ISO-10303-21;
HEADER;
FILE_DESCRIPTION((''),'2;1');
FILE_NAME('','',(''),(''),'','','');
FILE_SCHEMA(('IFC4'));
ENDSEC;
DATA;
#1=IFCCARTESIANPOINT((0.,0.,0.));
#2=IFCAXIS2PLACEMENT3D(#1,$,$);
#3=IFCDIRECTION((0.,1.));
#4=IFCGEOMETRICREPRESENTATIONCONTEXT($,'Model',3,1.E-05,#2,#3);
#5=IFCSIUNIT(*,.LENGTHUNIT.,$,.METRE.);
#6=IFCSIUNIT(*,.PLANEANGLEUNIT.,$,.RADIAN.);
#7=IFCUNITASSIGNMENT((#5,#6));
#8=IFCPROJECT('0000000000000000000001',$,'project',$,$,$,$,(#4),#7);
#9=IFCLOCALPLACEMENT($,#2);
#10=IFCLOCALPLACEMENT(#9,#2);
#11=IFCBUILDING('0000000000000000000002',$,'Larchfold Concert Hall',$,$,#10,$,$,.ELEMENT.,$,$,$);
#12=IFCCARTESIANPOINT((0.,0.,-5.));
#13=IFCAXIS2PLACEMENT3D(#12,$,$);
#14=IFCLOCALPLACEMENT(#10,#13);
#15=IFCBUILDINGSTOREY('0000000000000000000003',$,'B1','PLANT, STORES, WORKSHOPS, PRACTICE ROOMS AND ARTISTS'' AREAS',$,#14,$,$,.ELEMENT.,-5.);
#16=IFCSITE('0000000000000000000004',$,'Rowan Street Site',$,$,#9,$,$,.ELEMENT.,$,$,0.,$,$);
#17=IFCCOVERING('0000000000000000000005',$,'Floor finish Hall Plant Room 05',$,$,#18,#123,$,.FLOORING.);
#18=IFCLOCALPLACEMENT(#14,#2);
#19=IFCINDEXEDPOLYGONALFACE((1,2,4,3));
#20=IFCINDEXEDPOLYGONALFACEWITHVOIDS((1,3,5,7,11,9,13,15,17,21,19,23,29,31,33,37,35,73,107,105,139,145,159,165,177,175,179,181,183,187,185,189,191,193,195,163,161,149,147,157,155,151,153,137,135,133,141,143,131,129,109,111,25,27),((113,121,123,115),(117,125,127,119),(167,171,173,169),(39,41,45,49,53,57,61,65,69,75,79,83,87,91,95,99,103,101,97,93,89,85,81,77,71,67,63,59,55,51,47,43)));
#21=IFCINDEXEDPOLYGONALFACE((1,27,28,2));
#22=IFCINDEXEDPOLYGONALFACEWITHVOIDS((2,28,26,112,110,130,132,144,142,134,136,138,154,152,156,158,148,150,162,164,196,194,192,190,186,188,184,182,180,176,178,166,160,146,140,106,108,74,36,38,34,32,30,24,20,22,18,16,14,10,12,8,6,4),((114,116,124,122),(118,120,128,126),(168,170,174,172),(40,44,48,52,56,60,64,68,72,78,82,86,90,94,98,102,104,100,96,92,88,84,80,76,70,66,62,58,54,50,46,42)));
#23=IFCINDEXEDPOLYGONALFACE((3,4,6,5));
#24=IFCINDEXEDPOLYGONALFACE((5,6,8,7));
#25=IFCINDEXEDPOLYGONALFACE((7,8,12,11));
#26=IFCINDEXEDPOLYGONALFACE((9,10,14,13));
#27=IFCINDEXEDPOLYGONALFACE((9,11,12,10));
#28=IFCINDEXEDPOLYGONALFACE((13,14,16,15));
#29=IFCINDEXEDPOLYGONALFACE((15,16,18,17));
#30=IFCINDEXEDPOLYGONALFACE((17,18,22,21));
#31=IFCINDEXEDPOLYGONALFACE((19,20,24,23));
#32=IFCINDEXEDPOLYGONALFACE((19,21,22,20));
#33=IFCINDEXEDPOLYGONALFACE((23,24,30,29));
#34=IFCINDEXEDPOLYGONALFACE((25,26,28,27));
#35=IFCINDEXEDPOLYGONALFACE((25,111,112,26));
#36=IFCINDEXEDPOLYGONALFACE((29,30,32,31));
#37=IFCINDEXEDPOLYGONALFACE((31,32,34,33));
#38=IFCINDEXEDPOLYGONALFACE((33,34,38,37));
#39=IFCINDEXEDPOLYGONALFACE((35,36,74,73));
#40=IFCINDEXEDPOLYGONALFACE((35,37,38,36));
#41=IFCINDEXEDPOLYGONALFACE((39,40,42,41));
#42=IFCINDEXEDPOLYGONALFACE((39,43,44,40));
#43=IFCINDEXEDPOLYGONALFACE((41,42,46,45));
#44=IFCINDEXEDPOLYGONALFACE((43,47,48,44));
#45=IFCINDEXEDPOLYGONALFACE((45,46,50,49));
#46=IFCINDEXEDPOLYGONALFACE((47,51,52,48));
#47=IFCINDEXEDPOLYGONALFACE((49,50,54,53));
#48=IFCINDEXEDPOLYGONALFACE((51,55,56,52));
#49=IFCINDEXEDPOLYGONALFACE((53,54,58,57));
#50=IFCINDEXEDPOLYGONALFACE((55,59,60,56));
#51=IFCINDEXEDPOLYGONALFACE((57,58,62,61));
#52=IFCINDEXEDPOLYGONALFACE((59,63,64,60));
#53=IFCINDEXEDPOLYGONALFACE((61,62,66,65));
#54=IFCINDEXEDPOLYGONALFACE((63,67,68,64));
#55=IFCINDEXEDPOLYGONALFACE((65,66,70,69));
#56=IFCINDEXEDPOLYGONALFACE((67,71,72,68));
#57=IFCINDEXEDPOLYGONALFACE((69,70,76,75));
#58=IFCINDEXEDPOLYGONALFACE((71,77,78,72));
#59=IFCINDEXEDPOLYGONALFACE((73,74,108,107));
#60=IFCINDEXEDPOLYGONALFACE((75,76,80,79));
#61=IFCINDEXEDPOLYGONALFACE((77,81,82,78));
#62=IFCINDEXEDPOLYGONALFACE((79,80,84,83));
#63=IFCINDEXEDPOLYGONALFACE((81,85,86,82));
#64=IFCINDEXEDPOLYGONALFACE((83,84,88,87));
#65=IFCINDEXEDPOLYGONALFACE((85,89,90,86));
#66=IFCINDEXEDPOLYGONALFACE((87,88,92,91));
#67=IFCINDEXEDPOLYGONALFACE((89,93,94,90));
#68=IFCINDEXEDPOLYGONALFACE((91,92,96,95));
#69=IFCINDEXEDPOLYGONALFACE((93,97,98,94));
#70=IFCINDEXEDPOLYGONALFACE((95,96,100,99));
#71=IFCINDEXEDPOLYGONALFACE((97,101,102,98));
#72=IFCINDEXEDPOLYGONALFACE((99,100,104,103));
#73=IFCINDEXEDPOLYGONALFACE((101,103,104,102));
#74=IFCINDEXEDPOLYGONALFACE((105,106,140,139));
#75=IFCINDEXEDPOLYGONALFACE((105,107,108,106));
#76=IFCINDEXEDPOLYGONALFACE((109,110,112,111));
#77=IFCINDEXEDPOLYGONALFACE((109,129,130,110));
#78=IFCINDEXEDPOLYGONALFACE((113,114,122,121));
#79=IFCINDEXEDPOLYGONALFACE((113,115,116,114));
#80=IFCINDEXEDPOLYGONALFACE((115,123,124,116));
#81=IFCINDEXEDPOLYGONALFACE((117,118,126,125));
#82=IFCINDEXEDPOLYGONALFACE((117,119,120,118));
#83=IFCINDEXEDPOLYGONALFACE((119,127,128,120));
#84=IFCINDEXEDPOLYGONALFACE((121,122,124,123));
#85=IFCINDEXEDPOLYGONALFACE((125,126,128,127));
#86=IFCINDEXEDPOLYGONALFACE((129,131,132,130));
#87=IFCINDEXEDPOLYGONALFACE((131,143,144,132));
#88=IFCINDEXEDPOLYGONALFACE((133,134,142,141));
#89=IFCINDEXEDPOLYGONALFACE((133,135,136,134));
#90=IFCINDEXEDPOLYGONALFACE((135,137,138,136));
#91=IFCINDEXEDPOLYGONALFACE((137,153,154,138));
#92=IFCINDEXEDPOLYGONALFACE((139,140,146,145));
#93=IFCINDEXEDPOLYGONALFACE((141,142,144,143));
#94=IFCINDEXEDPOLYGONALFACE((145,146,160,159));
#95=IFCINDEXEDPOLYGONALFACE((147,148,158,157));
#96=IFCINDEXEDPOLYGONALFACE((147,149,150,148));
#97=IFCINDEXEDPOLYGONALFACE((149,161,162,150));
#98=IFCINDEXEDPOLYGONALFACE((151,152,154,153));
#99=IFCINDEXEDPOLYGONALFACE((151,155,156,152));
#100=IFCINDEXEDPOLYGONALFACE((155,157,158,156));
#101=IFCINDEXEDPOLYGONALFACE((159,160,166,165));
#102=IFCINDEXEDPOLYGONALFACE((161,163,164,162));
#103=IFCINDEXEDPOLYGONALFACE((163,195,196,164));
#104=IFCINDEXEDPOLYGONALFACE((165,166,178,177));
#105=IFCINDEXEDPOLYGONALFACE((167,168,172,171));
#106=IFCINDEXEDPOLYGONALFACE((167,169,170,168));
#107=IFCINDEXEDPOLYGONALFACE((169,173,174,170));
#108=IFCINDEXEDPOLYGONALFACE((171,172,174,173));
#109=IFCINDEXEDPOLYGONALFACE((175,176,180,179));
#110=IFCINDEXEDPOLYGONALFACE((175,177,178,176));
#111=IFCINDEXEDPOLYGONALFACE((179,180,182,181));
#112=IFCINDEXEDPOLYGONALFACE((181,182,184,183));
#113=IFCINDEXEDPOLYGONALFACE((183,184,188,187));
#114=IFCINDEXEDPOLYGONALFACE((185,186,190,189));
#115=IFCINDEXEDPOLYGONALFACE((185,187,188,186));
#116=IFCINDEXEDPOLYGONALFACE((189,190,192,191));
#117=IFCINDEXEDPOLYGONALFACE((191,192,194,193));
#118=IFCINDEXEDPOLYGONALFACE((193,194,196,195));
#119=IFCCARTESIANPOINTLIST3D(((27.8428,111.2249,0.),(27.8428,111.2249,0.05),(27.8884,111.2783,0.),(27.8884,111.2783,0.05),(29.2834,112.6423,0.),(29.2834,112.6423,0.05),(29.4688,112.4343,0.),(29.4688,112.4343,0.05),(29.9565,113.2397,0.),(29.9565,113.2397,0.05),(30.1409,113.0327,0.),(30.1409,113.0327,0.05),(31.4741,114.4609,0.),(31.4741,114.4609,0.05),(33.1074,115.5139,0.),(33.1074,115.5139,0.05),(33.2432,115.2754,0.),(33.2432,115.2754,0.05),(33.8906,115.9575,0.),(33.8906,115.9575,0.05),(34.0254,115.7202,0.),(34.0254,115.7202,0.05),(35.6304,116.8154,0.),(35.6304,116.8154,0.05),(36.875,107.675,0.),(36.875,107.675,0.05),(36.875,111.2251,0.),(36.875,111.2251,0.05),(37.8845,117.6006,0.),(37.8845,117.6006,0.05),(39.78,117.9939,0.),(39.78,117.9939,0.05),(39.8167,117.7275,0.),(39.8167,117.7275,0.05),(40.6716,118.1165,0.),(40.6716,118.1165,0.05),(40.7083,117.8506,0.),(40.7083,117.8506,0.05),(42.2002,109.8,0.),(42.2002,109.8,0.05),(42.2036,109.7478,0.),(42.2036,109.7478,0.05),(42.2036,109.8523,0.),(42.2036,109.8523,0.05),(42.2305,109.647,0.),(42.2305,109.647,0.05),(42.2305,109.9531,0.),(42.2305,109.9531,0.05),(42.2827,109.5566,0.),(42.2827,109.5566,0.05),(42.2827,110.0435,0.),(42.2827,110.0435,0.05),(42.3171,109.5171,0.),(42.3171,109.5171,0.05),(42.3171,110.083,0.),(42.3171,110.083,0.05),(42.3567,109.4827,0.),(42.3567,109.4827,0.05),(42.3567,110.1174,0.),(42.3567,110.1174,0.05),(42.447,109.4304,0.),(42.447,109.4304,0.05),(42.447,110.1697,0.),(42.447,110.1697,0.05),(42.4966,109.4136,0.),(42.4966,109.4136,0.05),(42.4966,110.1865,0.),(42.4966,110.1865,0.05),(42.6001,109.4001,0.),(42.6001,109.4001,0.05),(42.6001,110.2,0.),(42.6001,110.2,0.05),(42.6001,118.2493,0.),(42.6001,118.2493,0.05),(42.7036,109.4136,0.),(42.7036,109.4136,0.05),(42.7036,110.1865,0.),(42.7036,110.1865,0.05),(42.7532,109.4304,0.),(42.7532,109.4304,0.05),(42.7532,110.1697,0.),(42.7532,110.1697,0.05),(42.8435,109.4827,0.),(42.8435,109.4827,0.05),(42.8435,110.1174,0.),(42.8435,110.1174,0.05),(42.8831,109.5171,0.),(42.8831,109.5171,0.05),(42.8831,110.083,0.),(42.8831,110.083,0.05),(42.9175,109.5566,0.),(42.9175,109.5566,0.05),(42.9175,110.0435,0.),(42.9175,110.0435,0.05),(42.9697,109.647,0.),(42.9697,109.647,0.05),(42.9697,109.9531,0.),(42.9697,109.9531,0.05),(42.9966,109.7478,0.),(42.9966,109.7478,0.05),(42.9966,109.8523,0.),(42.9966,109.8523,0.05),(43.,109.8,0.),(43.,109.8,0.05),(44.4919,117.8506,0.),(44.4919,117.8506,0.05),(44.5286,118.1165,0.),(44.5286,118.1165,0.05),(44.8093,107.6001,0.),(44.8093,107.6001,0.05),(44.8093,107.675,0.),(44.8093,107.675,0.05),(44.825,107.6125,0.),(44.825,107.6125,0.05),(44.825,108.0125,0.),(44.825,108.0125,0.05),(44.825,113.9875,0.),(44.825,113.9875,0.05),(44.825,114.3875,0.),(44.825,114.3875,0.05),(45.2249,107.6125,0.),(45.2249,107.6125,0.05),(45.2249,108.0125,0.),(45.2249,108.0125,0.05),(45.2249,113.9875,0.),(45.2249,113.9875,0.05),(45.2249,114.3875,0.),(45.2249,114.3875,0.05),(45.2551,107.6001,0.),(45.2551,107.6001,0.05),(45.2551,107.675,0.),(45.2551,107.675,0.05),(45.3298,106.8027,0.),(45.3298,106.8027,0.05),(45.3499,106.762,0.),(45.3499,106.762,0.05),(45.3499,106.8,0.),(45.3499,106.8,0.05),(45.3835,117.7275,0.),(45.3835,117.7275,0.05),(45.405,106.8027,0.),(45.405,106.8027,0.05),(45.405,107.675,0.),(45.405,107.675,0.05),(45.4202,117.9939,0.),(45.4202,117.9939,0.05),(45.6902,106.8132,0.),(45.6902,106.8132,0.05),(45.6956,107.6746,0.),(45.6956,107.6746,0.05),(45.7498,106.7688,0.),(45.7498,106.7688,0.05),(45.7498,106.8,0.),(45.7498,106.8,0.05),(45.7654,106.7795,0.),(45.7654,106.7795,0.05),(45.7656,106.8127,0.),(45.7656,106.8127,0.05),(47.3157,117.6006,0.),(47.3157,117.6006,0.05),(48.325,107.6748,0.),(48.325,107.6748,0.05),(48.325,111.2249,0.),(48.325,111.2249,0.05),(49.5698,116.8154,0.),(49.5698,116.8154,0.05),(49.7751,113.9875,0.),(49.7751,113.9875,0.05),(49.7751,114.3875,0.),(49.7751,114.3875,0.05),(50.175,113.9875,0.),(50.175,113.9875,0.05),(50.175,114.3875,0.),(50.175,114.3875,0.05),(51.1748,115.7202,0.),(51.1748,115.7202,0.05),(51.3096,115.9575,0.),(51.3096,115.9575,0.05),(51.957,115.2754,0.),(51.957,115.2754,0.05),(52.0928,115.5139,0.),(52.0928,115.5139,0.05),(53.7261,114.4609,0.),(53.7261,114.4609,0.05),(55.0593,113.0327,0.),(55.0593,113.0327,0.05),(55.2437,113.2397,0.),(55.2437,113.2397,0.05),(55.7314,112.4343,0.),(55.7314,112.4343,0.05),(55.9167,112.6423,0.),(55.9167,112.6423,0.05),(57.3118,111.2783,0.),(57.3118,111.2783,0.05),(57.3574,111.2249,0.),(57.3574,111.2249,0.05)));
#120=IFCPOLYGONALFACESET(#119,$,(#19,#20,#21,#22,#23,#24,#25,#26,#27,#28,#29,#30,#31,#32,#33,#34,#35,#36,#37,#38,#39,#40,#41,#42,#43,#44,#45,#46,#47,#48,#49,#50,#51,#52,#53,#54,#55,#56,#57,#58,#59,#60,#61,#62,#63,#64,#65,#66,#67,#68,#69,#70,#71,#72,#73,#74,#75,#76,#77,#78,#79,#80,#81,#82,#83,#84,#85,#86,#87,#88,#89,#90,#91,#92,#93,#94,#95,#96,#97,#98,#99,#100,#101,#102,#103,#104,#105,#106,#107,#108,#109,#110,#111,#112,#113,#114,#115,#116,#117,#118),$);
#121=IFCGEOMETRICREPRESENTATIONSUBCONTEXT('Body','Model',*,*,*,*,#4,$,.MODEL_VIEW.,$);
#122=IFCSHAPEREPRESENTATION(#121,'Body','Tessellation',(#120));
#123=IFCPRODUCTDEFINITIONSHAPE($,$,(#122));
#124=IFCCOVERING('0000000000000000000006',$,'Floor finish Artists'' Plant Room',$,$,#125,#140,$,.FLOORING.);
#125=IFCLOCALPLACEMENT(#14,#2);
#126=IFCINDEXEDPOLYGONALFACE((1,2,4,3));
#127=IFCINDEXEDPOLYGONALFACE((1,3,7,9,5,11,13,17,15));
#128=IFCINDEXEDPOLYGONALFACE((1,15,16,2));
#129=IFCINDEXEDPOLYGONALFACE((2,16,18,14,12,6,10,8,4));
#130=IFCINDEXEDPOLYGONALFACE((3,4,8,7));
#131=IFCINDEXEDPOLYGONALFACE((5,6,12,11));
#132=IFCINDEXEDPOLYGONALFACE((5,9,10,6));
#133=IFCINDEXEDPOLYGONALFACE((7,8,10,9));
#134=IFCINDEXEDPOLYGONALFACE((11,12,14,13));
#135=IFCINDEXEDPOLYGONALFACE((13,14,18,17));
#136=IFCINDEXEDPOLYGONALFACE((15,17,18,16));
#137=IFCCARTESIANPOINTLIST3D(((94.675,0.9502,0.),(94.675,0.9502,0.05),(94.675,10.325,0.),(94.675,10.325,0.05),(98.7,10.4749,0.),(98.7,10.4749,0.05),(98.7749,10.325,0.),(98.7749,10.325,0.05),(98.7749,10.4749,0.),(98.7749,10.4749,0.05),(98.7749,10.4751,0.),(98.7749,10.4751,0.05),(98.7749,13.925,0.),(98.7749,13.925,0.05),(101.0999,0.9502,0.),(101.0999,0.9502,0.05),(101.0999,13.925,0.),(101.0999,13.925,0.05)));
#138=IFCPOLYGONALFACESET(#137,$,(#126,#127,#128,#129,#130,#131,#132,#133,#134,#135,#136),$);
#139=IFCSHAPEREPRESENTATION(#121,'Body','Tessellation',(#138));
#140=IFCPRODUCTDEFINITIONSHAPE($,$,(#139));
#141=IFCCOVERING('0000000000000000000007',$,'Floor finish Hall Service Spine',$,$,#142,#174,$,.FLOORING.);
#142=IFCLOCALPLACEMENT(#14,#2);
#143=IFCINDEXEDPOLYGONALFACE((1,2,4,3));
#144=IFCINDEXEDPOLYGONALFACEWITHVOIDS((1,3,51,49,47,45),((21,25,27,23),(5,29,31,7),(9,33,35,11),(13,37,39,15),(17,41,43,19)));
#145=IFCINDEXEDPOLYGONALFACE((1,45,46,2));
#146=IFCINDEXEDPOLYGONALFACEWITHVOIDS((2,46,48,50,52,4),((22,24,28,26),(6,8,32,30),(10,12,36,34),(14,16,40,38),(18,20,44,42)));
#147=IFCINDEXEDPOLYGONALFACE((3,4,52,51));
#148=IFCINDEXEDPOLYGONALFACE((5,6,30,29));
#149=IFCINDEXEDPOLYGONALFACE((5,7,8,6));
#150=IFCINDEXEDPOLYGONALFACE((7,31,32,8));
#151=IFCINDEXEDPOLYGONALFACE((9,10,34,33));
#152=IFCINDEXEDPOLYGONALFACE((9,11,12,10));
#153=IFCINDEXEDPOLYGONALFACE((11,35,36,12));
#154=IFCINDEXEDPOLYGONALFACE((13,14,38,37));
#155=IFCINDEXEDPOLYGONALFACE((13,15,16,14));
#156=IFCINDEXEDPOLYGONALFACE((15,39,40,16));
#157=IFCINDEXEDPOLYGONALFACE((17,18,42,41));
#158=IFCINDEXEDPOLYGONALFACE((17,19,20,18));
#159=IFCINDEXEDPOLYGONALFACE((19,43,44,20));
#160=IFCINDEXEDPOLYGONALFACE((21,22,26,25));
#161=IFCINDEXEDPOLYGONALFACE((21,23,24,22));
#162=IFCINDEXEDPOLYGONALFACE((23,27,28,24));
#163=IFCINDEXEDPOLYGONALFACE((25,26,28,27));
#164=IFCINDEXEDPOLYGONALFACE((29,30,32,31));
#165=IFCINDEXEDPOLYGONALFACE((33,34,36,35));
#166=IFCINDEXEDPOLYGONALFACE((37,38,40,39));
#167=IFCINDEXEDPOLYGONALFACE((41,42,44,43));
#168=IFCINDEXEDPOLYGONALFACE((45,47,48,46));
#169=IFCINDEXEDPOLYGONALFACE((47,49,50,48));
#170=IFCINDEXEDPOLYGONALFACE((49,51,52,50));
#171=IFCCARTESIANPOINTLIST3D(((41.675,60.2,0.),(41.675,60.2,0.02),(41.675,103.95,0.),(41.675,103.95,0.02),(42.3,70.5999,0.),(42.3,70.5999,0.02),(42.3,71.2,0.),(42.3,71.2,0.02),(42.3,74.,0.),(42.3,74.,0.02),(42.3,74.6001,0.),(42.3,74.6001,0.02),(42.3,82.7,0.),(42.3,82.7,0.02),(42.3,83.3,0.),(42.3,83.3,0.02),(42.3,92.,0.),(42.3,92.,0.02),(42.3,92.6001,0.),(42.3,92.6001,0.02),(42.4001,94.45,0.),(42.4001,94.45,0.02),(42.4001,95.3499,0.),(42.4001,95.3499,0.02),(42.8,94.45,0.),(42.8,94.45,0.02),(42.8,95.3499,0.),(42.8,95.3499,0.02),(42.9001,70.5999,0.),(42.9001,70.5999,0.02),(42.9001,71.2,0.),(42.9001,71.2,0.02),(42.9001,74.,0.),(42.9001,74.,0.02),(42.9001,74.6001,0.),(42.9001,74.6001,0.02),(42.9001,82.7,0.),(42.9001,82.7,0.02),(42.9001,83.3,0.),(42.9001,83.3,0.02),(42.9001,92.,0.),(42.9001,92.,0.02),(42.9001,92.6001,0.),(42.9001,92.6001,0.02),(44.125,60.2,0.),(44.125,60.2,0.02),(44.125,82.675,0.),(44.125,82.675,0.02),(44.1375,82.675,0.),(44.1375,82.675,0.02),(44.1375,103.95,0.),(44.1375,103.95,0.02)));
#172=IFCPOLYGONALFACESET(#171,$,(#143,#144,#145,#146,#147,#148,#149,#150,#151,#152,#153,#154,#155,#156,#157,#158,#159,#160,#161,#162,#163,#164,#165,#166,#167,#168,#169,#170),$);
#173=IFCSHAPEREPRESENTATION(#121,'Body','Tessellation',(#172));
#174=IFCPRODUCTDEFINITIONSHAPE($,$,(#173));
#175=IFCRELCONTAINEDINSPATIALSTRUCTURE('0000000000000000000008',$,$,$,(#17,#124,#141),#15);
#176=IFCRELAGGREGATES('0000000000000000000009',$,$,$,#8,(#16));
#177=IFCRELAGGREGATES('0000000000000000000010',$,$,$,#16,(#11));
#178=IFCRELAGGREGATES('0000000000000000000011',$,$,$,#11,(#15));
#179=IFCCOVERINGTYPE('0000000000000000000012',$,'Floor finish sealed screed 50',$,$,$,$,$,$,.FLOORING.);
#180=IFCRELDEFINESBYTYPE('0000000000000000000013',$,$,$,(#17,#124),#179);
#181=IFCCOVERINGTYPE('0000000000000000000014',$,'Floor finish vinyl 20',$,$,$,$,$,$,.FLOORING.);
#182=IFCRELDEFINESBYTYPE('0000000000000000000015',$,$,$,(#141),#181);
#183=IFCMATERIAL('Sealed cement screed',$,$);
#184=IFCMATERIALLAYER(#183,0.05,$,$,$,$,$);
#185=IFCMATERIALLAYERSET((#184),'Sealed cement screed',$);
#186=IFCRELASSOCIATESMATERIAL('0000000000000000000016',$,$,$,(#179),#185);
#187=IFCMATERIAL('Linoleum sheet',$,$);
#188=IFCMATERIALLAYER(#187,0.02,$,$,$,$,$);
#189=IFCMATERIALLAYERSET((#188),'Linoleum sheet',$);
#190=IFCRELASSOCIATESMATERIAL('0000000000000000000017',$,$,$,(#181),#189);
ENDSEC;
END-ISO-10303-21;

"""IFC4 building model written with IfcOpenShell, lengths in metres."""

from ifc_helpers import new_model, si_unit, direction, frame, origin, place, context, subcontext, project, spatial, polyline, outline, extrude, material, layer, layer_set, type_object, element, save


model = new_model("IFC4")

# Units and contexts
model_context = context("Model", 3, precision=1e-05, world=origin(), true_north=direction((0.0, 1.0)))
body_context = subcontext(model_context, "Body", "Model", "MODEL_VIEW")
ifc_project = project(units=[si_unit("LENGTHUNIT", "METRE"), si_unit("PLANEANGLEUNIT", "RADIAN")], contexts=[model_context])

# Site, building, storey
site_placement = place(None, origin())
site = spatial("IfcSite", under=ifc_project, at=site_placement, Name="Rowan Street Site", CompositionType="ELEMENT", RefElevation=0.0)
building_placement = place(site_placement, origin())
building = spatial("IfcBuilding", under=site, at=building_placement, Name="Larchfold Concert Hall", CompositionType="ELEMENT")
storey_placement = place(building_placement, frame((0.0, 0.0, -5.0)))
storey = spatial("IfcBuildingStorey", under=building, at=storey_placement, Name="B1", Description="PLANT, STORES, WORKSHOPS, PRACTICE ROOMS AND ARTISTS' AREAS", CompositionType="ELEMENT", Elevation=-5.0)

# Coverings
ifc_material_1 = material(Name="Sealed cement screed")
ifc_layer_1 = layer(ifc_material_1, 0.05)
ifc_layer_set_1 = layer_set([ifc_layer_1], Name="Sealed cement screed")
covering_type_1 = type_object("IfcCoveringType", Name="Floor finish sealed screed 50", PredefinedType="FLOORING", material=ifc_layer_set_1)
covering_1_placement = place(storey_placement, origin())
element("IfcCovering", 1, at=covering_1_placement, inside=storey, type_object=covering_type_1, Name="Floor finish Hall Plant Room 05", PredefinedType="FLOORING", context=body_context, shape_type="SweptSolid", body=[
    extrude(outline(polyline([(36.875, 111.2251), (36.875, 107.675), (44.8093, 107.675), (44.8093, 107.6001), (45.2551, 107.6001), (45.2551, 107.675), (45.405, 107.675), (45.405, 106.8027), (45.3298, 106.8027), (45.3499, 106.762), (45.3499, 106.8), (45.7498, 106.8), (45.7498, 106.7688), (45.7654, 106.7795), (45.7656, 106.8127), (45.6902, 106.8132), (45.6956, 107.6746), (48.325, 107.6748), (48.325, 111.2249), (57.3574, 111.2249), (57.3118, 111.2783), (55.9167, 112.6423), (55.7314, 112.4343), (55.0593, 113.0327), (55.2437, 113.2397), (53.7261, 114.4609), (52.0928, 115.5139), (51.957, 115.2754), (51.1748, 115.7202), (51.3096, 115.9575), (49.5698, 116.8154), (47.3157, 117.6006), (45.4202, 117.9939), (45.3835, 117.7275), (44.4919, 117.8506), (44.5286, 118.1165), (42.6001, 118.2493), (40.6716, 118.1165), (40.7083, 117.8506), (39.8167, 117.7275), (39.78, 117.9939), (37.8845, 117.6006), (35.6304, 116.8154), (33.8906, 115.9575), (34.0254, 115.7202), (33.2432, 115.2754), (33.1074, 115.5139), (31.4741, 114.4609), (29.9565, 113.2397), (30.1409, 113.0327), (29.4688, 112.4343), (29.2834, 112.6423), (27.8884, 111.2783), (27.8428, 111.2249), (36.875, 111.2251)]), holes=[polyline([(49.7751, 114.3875), (50.175, 114.3875), (50.175, 113.9875), (49.7751, 113.9875), (49.7751, 114.3875)]), polyline([(45.2249, 107.6125), (44.825, 107.6125), (44.825, 108.0125), (45.2249, 108.0125), (45.2249, 107.6125)]), polyline([(45.2249, 114.3875), (45.2249, 113.9875), (44.825, 113.9875), (44.825, 114.3875), (45.2249, 114.3875)]), polyline([(42.447, 109.4304), (42.3567, 109.4827), (42.3171, 109.5171), (42.2827, 109.5566), (42.2305, 109.647), (42.2036, 109.7478), (42.2002, 109.8), (42.2036, 109.8523), (42.2305, 109.9531), (42.2827, 110.0435), (42.3171, 110.083), (42.3567, 110.1174), (42.447, 110.1697), (42.4966, 110.1865), (42.6001, 110.2), (42.7036, 110.1865), (42.7532, 110.1697), (42.8435, 110.1174), (42.8831, 110.083), (42.9175, 110.0435), (42.9697, 109.9531), (42.9966, 109.8523), (43.0, 109.8), (42.9966, 109.7478), (42.9697, 109.647), (42.9175, 109.5566), (42.8831, 109.5171), (42.8435, 109.4827), (42.7532, 109.4304), (42.7036, 109.4136), (42.6001, 109.4001), (42.4966, 109.4136), (42.447, 109.4304)])]), origin(), (0.0, 0.0, 1.0), 0.05),
])
covering_2_placement = place(storey_placement, origin())
element("IfcCovering", 2, at=covering_2_placement, inside=storey, type_object=covering_type_1, Name="Floor finish Artists' Plant Room", PredefinedType="FLOORING", context=body_context, shape_type="SweptSolid", body=[
    extrude(outline(polyline([(101.0999, 0.9502), (101.0999, 13.925), (98.7749, 13.925), (98.7749, 10.4751), (98.7, 10.4749), (98.7749, 10.4749), (98.7749, 10.325), (94.675, 10.325), (94.675, 0.9502), (101.0999, 0.9502)])), origin(), (0.0, 0.0, 1.0), 0.05),
])
ifc_material_2 = material(Name="Linoleum sheet")
ifc_layer_2 = layer(ifc_material_2, 0.02)
ifc_layer_set_2 = layer_set([ifc_layer_2], Name="Linoleum sheet")
covering_type_2 = type_object("IfcCoveringType", Name="Floor finish vinyl 20", PredefinedType="FLOORING", material=ifc_layer_set_2)
covering_3_placement = place(storey_placement, origin())
element("IfcCovering", 3, at=covering_3_placement, inside=storey, type_object=covering_type_2, Name="Floor finish Hall Service Spine", PredefinedType="FLOORING", context=body_context, shape_type="SweptSolid", body=[
    extrude(outline(polyline([(41.675, 60.2), (44.125, 60.2), (44.125, 82.675), (44.1375, 82.675), (44.1375, 103.95), (41.675, 103.95), (41.675, 60.2)]), holes=[polyline([(42.3, 71.2), (42.9001, 71.2), (42.9001, 70.5999), (42.3, 70.5999), (42.3, 71.2)]), polyline([(42.3, 74.6001), (42.9001, 74.6001), (42.9001, 74.0), (42.3, 74.0), (42.3, 74.6001)]), polyline([(42.3, 83.3), (42.9001, 83.3), (42.9001, 82.7), (42.3, 82.7), (42.3, 83.3)]), polyline([(42.3, 92.6001), (42.9001, 92.6001), (42.9001, 92.0), (42.3, 92.0), (42.3, 92.6001)]), polyline([(42.4001, 95.3499), (42.8, 95.3499), (42.8, 94.45), (42.4001, 94.45), (42.4001, 95.3499)])]), origin(), (0.0, 0.0, 1.0), 0.02),
])

save(model, "model.ifc")
